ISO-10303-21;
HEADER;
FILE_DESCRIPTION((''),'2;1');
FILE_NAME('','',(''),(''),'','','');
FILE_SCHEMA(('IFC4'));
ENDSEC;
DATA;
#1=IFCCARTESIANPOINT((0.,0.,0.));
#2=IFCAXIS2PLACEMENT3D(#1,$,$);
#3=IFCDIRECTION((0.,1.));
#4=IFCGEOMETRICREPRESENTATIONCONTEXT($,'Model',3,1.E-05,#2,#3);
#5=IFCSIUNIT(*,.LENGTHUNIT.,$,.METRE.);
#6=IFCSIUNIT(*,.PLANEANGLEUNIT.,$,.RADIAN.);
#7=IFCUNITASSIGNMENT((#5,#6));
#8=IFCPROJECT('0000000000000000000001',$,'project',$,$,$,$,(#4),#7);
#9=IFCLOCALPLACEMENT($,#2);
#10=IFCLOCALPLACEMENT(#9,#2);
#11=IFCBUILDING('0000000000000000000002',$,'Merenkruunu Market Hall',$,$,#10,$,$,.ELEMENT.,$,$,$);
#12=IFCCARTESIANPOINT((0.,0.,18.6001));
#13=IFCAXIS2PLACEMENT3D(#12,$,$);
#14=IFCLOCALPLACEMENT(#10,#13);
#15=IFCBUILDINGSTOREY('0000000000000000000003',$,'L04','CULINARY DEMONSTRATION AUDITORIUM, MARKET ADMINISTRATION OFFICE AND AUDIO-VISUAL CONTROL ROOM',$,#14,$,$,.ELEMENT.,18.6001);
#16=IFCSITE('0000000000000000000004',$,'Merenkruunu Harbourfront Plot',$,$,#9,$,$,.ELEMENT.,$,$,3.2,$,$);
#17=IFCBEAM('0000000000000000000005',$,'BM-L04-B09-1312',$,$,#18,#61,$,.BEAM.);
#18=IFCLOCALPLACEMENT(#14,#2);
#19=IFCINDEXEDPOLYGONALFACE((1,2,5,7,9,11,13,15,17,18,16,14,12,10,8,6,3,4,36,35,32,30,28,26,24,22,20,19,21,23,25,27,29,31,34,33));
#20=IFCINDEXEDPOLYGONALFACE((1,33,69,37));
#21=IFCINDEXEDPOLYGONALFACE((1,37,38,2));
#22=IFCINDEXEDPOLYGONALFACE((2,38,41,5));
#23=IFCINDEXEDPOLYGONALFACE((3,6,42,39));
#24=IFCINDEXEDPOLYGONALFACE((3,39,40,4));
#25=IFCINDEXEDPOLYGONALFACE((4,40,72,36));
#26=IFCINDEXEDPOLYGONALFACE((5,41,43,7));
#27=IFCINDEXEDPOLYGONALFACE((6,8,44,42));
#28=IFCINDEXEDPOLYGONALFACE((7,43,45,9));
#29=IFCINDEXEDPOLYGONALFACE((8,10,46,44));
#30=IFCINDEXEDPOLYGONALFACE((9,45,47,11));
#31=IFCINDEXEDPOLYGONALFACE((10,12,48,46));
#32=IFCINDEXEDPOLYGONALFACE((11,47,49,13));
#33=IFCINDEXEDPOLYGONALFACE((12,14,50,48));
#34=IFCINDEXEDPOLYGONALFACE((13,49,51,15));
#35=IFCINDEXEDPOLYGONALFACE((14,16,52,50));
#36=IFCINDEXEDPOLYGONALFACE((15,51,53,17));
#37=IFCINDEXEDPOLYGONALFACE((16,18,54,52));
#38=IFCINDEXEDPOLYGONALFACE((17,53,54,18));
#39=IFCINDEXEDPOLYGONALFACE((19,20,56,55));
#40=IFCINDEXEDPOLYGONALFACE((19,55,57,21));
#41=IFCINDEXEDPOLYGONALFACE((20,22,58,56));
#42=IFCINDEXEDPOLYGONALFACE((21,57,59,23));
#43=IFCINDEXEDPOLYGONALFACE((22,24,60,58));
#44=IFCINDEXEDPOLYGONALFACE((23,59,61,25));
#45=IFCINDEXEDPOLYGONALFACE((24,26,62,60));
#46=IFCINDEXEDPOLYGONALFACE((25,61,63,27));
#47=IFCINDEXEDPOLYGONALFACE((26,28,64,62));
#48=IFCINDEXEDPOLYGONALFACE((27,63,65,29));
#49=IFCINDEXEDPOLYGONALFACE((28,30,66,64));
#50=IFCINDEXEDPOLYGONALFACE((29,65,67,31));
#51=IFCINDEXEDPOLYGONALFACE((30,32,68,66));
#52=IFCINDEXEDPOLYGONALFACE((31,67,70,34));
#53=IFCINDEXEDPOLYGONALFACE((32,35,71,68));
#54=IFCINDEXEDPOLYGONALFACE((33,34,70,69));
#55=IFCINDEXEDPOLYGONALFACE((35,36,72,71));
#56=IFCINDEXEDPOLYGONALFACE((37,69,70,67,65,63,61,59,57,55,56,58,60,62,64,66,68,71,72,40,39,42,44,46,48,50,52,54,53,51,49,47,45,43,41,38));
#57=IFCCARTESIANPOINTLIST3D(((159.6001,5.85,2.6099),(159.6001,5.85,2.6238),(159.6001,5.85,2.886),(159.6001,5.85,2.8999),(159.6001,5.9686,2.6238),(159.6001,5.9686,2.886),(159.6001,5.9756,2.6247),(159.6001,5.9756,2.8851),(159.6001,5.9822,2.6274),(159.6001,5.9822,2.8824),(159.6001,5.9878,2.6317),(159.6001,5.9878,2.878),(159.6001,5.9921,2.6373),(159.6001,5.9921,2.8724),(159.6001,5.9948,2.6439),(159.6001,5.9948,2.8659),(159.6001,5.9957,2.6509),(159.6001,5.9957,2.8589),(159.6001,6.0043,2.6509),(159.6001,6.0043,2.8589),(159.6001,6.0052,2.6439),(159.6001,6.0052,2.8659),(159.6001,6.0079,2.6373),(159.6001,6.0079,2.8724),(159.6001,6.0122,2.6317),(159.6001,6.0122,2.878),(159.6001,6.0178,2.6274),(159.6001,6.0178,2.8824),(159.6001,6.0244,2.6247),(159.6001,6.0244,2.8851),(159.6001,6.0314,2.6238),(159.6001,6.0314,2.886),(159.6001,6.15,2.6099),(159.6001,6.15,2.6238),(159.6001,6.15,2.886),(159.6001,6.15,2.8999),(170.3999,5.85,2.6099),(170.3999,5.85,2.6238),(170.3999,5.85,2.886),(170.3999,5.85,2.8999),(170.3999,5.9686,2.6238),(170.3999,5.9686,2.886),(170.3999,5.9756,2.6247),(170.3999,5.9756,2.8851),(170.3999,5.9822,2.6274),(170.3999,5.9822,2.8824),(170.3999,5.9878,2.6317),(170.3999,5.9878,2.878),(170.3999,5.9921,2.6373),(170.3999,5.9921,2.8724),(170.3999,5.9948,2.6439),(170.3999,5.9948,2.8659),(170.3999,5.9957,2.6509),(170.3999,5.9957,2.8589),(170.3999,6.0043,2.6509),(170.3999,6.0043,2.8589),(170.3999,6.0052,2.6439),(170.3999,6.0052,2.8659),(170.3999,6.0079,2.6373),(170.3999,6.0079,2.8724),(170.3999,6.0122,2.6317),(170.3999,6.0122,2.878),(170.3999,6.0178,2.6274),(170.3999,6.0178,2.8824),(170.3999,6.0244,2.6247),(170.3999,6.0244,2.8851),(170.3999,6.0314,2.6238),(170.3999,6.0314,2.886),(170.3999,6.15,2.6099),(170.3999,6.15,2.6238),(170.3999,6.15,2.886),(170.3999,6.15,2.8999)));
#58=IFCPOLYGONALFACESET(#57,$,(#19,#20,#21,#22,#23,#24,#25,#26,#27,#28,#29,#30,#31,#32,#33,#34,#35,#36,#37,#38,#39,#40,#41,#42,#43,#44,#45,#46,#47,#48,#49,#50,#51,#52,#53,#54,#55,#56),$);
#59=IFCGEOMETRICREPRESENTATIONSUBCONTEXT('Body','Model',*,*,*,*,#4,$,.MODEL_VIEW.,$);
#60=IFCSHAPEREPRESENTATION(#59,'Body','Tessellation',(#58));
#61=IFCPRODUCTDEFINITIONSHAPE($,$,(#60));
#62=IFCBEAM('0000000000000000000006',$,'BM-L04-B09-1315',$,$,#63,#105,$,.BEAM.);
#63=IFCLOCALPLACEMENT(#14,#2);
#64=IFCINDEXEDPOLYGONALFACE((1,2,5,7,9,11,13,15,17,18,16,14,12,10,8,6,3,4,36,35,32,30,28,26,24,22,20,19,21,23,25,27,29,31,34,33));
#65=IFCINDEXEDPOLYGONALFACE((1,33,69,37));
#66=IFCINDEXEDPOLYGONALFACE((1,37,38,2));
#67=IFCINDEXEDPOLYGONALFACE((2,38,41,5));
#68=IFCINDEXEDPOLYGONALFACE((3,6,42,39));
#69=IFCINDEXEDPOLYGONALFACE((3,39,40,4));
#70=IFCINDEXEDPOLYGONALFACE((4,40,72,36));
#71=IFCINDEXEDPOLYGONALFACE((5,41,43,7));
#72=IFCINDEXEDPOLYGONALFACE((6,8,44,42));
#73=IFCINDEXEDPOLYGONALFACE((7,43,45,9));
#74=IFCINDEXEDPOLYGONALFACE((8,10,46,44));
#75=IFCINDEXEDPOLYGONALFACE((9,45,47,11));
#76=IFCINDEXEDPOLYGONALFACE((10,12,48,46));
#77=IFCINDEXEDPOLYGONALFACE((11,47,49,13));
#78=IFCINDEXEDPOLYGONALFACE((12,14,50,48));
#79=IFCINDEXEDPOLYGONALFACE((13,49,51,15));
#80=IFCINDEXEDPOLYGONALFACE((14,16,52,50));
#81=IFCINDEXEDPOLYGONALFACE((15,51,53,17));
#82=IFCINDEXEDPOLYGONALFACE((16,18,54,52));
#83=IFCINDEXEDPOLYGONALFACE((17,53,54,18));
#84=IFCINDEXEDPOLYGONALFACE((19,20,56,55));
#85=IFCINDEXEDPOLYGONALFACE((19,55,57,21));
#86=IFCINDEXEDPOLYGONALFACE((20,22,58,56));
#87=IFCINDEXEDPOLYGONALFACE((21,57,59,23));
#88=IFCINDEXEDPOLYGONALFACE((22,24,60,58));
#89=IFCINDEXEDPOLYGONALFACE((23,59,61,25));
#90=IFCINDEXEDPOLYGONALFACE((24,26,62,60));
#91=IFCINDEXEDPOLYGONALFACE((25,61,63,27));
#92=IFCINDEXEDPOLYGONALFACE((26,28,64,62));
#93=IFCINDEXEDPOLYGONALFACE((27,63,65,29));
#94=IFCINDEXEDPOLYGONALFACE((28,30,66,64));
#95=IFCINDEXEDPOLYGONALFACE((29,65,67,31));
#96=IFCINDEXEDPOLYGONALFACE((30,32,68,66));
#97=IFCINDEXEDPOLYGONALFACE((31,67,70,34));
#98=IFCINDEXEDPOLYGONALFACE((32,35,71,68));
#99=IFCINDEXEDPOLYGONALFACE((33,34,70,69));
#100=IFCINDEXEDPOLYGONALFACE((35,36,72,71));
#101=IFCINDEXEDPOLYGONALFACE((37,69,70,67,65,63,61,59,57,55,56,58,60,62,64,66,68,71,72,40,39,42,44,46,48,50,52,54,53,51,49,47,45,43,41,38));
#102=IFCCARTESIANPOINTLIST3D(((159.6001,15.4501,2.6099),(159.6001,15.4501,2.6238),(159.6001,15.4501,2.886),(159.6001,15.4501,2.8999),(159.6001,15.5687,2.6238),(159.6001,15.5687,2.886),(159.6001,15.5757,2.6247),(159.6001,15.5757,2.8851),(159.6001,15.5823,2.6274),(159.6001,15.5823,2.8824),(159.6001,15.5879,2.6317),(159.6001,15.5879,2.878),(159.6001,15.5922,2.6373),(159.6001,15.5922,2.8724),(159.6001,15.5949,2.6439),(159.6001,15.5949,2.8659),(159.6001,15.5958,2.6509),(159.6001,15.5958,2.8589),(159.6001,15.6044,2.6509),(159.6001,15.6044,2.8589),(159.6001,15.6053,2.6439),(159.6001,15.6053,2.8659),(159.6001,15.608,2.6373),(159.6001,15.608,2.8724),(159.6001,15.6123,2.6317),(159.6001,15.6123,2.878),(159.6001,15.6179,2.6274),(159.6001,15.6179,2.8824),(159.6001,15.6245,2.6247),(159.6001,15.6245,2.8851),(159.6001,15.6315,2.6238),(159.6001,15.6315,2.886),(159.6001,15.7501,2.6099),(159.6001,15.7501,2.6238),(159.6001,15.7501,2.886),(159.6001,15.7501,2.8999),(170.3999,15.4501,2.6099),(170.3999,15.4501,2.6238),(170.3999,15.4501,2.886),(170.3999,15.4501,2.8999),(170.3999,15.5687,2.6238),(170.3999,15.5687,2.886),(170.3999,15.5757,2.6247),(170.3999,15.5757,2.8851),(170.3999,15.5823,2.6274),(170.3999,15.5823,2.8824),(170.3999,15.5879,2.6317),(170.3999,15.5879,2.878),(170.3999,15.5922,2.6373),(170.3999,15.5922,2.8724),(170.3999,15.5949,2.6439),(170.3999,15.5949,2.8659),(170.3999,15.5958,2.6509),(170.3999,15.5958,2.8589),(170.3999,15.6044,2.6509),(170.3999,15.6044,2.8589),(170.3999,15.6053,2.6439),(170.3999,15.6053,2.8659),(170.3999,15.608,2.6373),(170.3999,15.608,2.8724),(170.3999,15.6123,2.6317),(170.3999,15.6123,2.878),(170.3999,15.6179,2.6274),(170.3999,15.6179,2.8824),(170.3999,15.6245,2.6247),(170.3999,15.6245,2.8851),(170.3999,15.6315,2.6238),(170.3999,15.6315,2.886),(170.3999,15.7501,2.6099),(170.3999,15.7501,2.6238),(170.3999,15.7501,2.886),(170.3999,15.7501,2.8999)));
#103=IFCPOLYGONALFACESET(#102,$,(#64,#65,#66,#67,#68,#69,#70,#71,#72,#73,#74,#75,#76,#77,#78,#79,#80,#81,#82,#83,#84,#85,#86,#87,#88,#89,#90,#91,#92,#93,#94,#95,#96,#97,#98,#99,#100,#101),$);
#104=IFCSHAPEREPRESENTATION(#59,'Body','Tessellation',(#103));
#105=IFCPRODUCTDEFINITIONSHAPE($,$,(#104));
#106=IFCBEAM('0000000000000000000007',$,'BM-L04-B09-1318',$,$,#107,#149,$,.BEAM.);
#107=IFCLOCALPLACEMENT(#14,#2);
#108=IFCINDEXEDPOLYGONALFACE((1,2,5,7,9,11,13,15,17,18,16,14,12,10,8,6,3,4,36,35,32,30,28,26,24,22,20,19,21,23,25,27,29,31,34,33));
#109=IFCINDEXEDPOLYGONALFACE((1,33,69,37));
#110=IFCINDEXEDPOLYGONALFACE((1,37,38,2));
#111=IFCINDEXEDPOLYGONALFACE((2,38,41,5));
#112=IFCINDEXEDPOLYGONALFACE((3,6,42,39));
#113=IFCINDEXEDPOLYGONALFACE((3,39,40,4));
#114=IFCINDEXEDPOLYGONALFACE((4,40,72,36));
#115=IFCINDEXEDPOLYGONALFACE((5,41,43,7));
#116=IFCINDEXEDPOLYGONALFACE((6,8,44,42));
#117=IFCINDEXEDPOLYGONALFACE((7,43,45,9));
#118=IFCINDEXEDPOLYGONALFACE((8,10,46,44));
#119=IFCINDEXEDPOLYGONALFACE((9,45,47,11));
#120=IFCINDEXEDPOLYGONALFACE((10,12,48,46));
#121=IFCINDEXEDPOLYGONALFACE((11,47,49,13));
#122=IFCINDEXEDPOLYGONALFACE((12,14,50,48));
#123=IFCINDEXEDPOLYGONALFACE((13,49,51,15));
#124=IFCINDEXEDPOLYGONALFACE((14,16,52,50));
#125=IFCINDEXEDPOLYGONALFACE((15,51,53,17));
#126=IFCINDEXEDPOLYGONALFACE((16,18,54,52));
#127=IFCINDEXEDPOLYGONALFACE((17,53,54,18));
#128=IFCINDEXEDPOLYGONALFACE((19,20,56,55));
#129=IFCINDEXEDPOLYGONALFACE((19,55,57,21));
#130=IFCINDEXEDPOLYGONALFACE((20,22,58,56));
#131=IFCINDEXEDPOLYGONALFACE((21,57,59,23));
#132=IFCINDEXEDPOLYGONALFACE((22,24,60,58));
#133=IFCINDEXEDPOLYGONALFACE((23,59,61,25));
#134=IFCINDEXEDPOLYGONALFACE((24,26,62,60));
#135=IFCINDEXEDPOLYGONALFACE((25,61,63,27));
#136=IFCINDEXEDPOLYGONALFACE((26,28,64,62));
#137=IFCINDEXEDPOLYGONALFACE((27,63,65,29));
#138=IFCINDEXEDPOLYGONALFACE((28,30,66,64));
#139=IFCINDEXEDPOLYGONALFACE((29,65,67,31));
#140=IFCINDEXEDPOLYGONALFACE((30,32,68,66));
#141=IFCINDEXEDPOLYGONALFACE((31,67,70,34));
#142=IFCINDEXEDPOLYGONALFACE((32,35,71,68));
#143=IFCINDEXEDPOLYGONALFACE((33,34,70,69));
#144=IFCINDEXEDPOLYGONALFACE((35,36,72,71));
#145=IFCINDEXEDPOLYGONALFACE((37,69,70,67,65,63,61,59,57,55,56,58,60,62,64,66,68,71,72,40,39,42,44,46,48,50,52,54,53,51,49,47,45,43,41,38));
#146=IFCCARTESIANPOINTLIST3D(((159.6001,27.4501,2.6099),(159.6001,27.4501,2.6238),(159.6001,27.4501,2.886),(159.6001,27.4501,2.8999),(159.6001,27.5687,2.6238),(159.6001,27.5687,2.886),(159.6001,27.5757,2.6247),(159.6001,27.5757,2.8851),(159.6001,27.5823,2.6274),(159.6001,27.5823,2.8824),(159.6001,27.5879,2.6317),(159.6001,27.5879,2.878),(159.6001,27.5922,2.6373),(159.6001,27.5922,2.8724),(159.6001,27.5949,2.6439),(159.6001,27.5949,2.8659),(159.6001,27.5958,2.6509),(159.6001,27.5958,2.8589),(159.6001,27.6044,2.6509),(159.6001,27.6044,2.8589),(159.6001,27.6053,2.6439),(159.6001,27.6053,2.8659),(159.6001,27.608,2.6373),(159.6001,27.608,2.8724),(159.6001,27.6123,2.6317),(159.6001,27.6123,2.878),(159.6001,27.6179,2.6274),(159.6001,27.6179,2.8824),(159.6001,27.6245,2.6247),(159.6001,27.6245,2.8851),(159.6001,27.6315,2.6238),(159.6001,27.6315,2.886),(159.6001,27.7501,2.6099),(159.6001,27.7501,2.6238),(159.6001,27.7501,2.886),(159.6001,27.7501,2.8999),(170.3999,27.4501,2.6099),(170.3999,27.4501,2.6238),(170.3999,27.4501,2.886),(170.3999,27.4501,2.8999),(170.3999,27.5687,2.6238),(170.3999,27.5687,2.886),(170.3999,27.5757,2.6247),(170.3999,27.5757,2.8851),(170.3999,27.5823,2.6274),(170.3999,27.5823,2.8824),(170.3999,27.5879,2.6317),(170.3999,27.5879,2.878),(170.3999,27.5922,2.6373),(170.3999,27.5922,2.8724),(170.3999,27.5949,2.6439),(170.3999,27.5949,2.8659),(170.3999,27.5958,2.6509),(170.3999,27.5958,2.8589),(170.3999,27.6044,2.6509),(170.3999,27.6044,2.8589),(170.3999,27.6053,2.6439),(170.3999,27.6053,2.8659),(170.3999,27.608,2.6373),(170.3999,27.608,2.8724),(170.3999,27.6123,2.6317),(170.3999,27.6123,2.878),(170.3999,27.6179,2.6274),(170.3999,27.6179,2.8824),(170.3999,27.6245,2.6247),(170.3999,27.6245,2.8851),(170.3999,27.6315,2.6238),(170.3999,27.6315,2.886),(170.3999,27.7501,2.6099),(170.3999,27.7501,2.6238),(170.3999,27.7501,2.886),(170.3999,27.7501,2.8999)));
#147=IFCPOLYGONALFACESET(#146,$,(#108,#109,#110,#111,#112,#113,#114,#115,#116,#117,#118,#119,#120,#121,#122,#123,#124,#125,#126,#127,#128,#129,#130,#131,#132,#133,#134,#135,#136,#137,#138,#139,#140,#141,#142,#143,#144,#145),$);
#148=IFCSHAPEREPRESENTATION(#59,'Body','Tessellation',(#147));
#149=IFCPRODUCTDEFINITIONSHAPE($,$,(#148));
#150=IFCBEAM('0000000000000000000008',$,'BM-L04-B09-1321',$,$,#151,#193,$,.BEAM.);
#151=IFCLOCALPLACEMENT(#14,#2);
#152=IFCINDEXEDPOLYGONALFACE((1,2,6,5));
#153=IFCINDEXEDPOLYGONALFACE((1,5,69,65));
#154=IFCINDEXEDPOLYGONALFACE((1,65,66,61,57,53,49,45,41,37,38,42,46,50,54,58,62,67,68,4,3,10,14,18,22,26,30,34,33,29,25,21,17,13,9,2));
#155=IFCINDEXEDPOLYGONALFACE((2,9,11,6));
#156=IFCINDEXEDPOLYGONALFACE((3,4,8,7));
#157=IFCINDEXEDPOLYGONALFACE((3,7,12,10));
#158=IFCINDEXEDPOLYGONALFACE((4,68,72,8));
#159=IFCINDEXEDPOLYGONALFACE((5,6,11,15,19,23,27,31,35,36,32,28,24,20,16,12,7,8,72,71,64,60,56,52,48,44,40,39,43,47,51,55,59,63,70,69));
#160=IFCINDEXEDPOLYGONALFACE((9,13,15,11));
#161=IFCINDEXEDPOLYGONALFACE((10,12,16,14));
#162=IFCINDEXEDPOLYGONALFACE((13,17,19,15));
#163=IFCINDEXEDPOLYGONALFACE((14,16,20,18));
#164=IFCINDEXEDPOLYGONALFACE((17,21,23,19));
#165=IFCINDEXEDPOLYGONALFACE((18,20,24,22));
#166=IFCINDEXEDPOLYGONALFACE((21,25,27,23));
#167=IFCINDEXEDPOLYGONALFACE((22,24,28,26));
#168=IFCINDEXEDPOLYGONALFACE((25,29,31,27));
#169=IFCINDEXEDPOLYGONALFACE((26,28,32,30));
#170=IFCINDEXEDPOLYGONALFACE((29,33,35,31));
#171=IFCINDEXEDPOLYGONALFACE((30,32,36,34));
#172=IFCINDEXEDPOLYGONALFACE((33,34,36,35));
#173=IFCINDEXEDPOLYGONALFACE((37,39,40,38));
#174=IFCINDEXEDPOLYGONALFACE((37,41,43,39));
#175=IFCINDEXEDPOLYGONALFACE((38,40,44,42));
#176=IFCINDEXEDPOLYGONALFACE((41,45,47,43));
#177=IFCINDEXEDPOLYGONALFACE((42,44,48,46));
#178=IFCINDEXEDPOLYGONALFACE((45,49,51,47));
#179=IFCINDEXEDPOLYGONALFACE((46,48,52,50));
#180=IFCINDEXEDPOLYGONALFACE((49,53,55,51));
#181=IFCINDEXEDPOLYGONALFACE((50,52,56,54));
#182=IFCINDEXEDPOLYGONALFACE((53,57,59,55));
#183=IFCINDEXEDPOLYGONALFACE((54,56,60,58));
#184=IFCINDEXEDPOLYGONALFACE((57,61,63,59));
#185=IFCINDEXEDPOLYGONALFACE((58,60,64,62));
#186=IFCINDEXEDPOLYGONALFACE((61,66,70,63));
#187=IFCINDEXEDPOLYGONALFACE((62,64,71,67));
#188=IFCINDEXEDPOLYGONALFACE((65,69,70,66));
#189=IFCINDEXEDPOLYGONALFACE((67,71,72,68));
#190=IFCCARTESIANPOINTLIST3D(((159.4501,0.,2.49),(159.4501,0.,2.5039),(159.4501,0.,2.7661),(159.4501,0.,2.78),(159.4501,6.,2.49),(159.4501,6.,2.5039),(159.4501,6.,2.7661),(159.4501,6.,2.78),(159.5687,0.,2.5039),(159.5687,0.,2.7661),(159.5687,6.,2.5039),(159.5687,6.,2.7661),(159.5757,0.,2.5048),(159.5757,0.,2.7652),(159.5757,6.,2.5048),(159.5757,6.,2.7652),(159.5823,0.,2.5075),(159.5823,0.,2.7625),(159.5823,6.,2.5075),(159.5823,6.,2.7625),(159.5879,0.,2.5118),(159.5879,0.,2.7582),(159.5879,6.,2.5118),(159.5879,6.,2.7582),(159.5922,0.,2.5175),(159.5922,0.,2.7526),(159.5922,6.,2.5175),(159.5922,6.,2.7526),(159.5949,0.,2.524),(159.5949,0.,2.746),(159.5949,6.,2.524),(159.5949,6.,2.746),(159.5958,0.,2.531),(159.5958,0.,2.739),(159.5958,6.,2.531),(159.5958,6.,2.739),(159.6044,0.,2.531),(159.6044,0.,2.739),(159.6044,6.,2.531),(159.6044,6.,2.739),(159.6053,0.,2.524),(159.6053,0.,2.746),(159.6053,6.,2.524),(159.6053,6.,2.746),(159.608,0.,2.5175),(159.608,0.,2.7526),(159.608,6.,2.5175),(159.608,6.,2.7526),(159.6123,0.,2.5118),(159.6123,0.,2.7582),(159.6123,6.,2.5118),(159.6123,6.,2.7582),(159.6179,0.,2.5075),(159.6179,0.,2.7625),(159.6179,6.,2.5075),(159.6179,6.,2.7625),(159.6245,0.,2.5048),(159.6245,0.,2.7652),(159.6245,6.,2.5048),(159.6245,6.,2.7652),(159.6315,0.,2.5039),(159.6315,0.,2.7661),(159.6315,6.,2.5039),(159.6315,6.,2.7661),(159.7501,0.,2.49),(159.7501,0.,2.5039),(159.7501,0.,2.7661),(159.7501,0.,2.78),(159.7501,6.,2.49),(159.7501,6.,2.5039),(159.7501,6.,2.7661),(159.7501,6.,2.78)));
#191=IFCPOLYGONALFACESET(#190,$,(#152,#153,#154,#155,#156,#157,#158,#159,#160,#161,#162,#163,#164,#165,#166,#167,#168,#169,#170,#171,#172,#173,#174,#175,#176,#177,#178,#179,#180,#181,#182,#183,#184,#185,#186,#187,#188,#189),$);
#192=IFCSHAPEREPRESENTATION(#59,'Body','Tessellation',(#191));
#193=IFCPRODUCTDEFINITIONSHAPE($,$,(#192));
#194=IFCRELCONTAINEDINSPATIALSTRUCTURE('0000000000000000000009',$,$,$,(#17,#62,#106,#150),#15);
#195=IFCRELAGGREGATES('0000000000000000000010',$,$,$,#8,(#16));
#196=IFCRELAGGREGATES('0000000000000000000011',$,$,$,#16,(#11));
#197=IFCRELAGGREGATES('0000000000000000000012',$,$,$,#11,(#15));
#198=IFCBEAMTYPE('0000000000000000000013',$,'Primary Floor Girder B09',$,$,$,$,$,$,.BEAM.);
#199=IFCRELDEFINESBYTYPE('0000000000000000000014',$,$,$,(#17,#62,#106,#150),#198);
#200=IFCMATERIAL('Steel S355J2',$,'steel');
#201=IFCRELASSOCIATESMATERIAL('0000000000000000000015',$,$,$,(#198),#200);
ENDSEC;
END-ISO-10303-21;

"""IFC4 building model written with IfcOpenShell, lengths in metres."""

from ifc_helpers import new_model, si_unit, direction, frame, origin, origin_2d, place, context, subcontext, project, spatial, i_section, extrude, material, material_profile, profile_set, type_object, element, save


model = new_model("IFC4")

# Units and contexts
model_context = context("Model", 3, precision=1e-05, world=origin(), true_north=direction((0.0, 1.0)))
body_context = subcontext(model_context, "Body", "Model", "MODEL_VIEW")
ifc_project = project(units=[si_unit("LENGTHUNIT", "METRE"), si_unit("PLANEANGLEUNIT", "RADIAN")], contexts=[model_context])

# Site, building, storey
site_placement = place(None, origin())
site = spatial("IfcSite", under=ifc_project, at=site_placement, Name="Merenkruunu Harbourfront Plot", CompositionType="ELEMENT", RefElevation=3.2)
building_placement = place(site_placement, origin())
building = spatial("IfcBuilding", under=site, at=building_placement, Name="Merenkruunu Market Hall", CompositionType="ELEMENT")
storey_placement = place(building_placement, frame((0.0, 0.0, 18.6001)))
storey = spatial("IfcBuildingStorey", under=building, at=storey_placement, Name="L04", Description="CULINARY DEMONSTRATION AUDITORIUM, MARKET ADMINISTRATION OFFICE AND AUDIO-VISUAL CONTROL ROOM", CompositionType="ELEMENT", Elevation=18.6001)

# Shared definitions
ifc_material_1 = material(Name="Steel S355J2", Category="steel")

# Beams
ifc_material_profile_1 = material_profile(ifc_material_1, i_section(OverallWidth=0.3, OverallDepth=0.29, WebThickness=0.0085, FlangeThickness=0.0139, FilletRadius=0.0271, at=origin_2d()), Name="HEA 300")
ifc_profile_set_1 = profile_set([ifc_material_profile_1], Name="Steel S355J2")
beam_type_1 = type_object("IfcBeamType", Name="Primary Floor Girder B09", PredefinedType="BEAM", material=ifc_profile_set_1)
for number, where, z_axis, x_axis, name in (
    (1, (159.6001, 6.0, 2.7549), (1.0, 0.0, 0.0), (0.0, 1.0, 0.0), "BM-L04-B09-1312"),
    (2, (159.6001, 15.6001, 2.7549), (1.0, 0.0, 0.0), (0.0, 1.0, 0.0), "BM-L04-B09-1315"),
    (3, (159.6001, 27.6001, 2.7549), (1.0, 0.0, 0.0), (0.0, 1.0, 0.0), "BM-L04-B09-1318"),
):
    element("IfcBeam", number, at=place(storey_placement, frame(where, z_axis=z_axis, x_axis=x_axis)), inside=storey, type_object=beam_type_1, Name=name, PredefinedType="BEAM", context=body_context, shape_type="SweptSolid", body=[
        extrude(i_section(OverallWidth=0.3, OverallDepth=0.29, WebThickness=0.0085, FlangeThickness=0.0139, FilletRadius=0.0271, at=origin_2d()), origin(), (0.0, 0.0, 1.0), 10.7998),
    ])
beam_1_placement = place(storey_placement, frame((159.6001, 0.0, 2.635), z_axis=(0.0, 1.0, 0.0), x_axis=(-1.0, 0.0, 0.0)))
element("IfcBeam", 4, at=beam_1_placement, inside=storey, type_object=beam_type_1, Name="BM-L04-B09-1321", PredefinedType="BEAM", context=body_context, shape_type="SweptSolid", body=[
    extrude(i_section(OverallWidth=0.3, OverallDepth=0.29, WebThickness=0.0085, FlangeThickness=0.0139, FilletRadius=0.0271, at=origin_2d()), origin(), (0.0, 0.0, 1.0), 6.0),
])

save(model, "model.ifc")
